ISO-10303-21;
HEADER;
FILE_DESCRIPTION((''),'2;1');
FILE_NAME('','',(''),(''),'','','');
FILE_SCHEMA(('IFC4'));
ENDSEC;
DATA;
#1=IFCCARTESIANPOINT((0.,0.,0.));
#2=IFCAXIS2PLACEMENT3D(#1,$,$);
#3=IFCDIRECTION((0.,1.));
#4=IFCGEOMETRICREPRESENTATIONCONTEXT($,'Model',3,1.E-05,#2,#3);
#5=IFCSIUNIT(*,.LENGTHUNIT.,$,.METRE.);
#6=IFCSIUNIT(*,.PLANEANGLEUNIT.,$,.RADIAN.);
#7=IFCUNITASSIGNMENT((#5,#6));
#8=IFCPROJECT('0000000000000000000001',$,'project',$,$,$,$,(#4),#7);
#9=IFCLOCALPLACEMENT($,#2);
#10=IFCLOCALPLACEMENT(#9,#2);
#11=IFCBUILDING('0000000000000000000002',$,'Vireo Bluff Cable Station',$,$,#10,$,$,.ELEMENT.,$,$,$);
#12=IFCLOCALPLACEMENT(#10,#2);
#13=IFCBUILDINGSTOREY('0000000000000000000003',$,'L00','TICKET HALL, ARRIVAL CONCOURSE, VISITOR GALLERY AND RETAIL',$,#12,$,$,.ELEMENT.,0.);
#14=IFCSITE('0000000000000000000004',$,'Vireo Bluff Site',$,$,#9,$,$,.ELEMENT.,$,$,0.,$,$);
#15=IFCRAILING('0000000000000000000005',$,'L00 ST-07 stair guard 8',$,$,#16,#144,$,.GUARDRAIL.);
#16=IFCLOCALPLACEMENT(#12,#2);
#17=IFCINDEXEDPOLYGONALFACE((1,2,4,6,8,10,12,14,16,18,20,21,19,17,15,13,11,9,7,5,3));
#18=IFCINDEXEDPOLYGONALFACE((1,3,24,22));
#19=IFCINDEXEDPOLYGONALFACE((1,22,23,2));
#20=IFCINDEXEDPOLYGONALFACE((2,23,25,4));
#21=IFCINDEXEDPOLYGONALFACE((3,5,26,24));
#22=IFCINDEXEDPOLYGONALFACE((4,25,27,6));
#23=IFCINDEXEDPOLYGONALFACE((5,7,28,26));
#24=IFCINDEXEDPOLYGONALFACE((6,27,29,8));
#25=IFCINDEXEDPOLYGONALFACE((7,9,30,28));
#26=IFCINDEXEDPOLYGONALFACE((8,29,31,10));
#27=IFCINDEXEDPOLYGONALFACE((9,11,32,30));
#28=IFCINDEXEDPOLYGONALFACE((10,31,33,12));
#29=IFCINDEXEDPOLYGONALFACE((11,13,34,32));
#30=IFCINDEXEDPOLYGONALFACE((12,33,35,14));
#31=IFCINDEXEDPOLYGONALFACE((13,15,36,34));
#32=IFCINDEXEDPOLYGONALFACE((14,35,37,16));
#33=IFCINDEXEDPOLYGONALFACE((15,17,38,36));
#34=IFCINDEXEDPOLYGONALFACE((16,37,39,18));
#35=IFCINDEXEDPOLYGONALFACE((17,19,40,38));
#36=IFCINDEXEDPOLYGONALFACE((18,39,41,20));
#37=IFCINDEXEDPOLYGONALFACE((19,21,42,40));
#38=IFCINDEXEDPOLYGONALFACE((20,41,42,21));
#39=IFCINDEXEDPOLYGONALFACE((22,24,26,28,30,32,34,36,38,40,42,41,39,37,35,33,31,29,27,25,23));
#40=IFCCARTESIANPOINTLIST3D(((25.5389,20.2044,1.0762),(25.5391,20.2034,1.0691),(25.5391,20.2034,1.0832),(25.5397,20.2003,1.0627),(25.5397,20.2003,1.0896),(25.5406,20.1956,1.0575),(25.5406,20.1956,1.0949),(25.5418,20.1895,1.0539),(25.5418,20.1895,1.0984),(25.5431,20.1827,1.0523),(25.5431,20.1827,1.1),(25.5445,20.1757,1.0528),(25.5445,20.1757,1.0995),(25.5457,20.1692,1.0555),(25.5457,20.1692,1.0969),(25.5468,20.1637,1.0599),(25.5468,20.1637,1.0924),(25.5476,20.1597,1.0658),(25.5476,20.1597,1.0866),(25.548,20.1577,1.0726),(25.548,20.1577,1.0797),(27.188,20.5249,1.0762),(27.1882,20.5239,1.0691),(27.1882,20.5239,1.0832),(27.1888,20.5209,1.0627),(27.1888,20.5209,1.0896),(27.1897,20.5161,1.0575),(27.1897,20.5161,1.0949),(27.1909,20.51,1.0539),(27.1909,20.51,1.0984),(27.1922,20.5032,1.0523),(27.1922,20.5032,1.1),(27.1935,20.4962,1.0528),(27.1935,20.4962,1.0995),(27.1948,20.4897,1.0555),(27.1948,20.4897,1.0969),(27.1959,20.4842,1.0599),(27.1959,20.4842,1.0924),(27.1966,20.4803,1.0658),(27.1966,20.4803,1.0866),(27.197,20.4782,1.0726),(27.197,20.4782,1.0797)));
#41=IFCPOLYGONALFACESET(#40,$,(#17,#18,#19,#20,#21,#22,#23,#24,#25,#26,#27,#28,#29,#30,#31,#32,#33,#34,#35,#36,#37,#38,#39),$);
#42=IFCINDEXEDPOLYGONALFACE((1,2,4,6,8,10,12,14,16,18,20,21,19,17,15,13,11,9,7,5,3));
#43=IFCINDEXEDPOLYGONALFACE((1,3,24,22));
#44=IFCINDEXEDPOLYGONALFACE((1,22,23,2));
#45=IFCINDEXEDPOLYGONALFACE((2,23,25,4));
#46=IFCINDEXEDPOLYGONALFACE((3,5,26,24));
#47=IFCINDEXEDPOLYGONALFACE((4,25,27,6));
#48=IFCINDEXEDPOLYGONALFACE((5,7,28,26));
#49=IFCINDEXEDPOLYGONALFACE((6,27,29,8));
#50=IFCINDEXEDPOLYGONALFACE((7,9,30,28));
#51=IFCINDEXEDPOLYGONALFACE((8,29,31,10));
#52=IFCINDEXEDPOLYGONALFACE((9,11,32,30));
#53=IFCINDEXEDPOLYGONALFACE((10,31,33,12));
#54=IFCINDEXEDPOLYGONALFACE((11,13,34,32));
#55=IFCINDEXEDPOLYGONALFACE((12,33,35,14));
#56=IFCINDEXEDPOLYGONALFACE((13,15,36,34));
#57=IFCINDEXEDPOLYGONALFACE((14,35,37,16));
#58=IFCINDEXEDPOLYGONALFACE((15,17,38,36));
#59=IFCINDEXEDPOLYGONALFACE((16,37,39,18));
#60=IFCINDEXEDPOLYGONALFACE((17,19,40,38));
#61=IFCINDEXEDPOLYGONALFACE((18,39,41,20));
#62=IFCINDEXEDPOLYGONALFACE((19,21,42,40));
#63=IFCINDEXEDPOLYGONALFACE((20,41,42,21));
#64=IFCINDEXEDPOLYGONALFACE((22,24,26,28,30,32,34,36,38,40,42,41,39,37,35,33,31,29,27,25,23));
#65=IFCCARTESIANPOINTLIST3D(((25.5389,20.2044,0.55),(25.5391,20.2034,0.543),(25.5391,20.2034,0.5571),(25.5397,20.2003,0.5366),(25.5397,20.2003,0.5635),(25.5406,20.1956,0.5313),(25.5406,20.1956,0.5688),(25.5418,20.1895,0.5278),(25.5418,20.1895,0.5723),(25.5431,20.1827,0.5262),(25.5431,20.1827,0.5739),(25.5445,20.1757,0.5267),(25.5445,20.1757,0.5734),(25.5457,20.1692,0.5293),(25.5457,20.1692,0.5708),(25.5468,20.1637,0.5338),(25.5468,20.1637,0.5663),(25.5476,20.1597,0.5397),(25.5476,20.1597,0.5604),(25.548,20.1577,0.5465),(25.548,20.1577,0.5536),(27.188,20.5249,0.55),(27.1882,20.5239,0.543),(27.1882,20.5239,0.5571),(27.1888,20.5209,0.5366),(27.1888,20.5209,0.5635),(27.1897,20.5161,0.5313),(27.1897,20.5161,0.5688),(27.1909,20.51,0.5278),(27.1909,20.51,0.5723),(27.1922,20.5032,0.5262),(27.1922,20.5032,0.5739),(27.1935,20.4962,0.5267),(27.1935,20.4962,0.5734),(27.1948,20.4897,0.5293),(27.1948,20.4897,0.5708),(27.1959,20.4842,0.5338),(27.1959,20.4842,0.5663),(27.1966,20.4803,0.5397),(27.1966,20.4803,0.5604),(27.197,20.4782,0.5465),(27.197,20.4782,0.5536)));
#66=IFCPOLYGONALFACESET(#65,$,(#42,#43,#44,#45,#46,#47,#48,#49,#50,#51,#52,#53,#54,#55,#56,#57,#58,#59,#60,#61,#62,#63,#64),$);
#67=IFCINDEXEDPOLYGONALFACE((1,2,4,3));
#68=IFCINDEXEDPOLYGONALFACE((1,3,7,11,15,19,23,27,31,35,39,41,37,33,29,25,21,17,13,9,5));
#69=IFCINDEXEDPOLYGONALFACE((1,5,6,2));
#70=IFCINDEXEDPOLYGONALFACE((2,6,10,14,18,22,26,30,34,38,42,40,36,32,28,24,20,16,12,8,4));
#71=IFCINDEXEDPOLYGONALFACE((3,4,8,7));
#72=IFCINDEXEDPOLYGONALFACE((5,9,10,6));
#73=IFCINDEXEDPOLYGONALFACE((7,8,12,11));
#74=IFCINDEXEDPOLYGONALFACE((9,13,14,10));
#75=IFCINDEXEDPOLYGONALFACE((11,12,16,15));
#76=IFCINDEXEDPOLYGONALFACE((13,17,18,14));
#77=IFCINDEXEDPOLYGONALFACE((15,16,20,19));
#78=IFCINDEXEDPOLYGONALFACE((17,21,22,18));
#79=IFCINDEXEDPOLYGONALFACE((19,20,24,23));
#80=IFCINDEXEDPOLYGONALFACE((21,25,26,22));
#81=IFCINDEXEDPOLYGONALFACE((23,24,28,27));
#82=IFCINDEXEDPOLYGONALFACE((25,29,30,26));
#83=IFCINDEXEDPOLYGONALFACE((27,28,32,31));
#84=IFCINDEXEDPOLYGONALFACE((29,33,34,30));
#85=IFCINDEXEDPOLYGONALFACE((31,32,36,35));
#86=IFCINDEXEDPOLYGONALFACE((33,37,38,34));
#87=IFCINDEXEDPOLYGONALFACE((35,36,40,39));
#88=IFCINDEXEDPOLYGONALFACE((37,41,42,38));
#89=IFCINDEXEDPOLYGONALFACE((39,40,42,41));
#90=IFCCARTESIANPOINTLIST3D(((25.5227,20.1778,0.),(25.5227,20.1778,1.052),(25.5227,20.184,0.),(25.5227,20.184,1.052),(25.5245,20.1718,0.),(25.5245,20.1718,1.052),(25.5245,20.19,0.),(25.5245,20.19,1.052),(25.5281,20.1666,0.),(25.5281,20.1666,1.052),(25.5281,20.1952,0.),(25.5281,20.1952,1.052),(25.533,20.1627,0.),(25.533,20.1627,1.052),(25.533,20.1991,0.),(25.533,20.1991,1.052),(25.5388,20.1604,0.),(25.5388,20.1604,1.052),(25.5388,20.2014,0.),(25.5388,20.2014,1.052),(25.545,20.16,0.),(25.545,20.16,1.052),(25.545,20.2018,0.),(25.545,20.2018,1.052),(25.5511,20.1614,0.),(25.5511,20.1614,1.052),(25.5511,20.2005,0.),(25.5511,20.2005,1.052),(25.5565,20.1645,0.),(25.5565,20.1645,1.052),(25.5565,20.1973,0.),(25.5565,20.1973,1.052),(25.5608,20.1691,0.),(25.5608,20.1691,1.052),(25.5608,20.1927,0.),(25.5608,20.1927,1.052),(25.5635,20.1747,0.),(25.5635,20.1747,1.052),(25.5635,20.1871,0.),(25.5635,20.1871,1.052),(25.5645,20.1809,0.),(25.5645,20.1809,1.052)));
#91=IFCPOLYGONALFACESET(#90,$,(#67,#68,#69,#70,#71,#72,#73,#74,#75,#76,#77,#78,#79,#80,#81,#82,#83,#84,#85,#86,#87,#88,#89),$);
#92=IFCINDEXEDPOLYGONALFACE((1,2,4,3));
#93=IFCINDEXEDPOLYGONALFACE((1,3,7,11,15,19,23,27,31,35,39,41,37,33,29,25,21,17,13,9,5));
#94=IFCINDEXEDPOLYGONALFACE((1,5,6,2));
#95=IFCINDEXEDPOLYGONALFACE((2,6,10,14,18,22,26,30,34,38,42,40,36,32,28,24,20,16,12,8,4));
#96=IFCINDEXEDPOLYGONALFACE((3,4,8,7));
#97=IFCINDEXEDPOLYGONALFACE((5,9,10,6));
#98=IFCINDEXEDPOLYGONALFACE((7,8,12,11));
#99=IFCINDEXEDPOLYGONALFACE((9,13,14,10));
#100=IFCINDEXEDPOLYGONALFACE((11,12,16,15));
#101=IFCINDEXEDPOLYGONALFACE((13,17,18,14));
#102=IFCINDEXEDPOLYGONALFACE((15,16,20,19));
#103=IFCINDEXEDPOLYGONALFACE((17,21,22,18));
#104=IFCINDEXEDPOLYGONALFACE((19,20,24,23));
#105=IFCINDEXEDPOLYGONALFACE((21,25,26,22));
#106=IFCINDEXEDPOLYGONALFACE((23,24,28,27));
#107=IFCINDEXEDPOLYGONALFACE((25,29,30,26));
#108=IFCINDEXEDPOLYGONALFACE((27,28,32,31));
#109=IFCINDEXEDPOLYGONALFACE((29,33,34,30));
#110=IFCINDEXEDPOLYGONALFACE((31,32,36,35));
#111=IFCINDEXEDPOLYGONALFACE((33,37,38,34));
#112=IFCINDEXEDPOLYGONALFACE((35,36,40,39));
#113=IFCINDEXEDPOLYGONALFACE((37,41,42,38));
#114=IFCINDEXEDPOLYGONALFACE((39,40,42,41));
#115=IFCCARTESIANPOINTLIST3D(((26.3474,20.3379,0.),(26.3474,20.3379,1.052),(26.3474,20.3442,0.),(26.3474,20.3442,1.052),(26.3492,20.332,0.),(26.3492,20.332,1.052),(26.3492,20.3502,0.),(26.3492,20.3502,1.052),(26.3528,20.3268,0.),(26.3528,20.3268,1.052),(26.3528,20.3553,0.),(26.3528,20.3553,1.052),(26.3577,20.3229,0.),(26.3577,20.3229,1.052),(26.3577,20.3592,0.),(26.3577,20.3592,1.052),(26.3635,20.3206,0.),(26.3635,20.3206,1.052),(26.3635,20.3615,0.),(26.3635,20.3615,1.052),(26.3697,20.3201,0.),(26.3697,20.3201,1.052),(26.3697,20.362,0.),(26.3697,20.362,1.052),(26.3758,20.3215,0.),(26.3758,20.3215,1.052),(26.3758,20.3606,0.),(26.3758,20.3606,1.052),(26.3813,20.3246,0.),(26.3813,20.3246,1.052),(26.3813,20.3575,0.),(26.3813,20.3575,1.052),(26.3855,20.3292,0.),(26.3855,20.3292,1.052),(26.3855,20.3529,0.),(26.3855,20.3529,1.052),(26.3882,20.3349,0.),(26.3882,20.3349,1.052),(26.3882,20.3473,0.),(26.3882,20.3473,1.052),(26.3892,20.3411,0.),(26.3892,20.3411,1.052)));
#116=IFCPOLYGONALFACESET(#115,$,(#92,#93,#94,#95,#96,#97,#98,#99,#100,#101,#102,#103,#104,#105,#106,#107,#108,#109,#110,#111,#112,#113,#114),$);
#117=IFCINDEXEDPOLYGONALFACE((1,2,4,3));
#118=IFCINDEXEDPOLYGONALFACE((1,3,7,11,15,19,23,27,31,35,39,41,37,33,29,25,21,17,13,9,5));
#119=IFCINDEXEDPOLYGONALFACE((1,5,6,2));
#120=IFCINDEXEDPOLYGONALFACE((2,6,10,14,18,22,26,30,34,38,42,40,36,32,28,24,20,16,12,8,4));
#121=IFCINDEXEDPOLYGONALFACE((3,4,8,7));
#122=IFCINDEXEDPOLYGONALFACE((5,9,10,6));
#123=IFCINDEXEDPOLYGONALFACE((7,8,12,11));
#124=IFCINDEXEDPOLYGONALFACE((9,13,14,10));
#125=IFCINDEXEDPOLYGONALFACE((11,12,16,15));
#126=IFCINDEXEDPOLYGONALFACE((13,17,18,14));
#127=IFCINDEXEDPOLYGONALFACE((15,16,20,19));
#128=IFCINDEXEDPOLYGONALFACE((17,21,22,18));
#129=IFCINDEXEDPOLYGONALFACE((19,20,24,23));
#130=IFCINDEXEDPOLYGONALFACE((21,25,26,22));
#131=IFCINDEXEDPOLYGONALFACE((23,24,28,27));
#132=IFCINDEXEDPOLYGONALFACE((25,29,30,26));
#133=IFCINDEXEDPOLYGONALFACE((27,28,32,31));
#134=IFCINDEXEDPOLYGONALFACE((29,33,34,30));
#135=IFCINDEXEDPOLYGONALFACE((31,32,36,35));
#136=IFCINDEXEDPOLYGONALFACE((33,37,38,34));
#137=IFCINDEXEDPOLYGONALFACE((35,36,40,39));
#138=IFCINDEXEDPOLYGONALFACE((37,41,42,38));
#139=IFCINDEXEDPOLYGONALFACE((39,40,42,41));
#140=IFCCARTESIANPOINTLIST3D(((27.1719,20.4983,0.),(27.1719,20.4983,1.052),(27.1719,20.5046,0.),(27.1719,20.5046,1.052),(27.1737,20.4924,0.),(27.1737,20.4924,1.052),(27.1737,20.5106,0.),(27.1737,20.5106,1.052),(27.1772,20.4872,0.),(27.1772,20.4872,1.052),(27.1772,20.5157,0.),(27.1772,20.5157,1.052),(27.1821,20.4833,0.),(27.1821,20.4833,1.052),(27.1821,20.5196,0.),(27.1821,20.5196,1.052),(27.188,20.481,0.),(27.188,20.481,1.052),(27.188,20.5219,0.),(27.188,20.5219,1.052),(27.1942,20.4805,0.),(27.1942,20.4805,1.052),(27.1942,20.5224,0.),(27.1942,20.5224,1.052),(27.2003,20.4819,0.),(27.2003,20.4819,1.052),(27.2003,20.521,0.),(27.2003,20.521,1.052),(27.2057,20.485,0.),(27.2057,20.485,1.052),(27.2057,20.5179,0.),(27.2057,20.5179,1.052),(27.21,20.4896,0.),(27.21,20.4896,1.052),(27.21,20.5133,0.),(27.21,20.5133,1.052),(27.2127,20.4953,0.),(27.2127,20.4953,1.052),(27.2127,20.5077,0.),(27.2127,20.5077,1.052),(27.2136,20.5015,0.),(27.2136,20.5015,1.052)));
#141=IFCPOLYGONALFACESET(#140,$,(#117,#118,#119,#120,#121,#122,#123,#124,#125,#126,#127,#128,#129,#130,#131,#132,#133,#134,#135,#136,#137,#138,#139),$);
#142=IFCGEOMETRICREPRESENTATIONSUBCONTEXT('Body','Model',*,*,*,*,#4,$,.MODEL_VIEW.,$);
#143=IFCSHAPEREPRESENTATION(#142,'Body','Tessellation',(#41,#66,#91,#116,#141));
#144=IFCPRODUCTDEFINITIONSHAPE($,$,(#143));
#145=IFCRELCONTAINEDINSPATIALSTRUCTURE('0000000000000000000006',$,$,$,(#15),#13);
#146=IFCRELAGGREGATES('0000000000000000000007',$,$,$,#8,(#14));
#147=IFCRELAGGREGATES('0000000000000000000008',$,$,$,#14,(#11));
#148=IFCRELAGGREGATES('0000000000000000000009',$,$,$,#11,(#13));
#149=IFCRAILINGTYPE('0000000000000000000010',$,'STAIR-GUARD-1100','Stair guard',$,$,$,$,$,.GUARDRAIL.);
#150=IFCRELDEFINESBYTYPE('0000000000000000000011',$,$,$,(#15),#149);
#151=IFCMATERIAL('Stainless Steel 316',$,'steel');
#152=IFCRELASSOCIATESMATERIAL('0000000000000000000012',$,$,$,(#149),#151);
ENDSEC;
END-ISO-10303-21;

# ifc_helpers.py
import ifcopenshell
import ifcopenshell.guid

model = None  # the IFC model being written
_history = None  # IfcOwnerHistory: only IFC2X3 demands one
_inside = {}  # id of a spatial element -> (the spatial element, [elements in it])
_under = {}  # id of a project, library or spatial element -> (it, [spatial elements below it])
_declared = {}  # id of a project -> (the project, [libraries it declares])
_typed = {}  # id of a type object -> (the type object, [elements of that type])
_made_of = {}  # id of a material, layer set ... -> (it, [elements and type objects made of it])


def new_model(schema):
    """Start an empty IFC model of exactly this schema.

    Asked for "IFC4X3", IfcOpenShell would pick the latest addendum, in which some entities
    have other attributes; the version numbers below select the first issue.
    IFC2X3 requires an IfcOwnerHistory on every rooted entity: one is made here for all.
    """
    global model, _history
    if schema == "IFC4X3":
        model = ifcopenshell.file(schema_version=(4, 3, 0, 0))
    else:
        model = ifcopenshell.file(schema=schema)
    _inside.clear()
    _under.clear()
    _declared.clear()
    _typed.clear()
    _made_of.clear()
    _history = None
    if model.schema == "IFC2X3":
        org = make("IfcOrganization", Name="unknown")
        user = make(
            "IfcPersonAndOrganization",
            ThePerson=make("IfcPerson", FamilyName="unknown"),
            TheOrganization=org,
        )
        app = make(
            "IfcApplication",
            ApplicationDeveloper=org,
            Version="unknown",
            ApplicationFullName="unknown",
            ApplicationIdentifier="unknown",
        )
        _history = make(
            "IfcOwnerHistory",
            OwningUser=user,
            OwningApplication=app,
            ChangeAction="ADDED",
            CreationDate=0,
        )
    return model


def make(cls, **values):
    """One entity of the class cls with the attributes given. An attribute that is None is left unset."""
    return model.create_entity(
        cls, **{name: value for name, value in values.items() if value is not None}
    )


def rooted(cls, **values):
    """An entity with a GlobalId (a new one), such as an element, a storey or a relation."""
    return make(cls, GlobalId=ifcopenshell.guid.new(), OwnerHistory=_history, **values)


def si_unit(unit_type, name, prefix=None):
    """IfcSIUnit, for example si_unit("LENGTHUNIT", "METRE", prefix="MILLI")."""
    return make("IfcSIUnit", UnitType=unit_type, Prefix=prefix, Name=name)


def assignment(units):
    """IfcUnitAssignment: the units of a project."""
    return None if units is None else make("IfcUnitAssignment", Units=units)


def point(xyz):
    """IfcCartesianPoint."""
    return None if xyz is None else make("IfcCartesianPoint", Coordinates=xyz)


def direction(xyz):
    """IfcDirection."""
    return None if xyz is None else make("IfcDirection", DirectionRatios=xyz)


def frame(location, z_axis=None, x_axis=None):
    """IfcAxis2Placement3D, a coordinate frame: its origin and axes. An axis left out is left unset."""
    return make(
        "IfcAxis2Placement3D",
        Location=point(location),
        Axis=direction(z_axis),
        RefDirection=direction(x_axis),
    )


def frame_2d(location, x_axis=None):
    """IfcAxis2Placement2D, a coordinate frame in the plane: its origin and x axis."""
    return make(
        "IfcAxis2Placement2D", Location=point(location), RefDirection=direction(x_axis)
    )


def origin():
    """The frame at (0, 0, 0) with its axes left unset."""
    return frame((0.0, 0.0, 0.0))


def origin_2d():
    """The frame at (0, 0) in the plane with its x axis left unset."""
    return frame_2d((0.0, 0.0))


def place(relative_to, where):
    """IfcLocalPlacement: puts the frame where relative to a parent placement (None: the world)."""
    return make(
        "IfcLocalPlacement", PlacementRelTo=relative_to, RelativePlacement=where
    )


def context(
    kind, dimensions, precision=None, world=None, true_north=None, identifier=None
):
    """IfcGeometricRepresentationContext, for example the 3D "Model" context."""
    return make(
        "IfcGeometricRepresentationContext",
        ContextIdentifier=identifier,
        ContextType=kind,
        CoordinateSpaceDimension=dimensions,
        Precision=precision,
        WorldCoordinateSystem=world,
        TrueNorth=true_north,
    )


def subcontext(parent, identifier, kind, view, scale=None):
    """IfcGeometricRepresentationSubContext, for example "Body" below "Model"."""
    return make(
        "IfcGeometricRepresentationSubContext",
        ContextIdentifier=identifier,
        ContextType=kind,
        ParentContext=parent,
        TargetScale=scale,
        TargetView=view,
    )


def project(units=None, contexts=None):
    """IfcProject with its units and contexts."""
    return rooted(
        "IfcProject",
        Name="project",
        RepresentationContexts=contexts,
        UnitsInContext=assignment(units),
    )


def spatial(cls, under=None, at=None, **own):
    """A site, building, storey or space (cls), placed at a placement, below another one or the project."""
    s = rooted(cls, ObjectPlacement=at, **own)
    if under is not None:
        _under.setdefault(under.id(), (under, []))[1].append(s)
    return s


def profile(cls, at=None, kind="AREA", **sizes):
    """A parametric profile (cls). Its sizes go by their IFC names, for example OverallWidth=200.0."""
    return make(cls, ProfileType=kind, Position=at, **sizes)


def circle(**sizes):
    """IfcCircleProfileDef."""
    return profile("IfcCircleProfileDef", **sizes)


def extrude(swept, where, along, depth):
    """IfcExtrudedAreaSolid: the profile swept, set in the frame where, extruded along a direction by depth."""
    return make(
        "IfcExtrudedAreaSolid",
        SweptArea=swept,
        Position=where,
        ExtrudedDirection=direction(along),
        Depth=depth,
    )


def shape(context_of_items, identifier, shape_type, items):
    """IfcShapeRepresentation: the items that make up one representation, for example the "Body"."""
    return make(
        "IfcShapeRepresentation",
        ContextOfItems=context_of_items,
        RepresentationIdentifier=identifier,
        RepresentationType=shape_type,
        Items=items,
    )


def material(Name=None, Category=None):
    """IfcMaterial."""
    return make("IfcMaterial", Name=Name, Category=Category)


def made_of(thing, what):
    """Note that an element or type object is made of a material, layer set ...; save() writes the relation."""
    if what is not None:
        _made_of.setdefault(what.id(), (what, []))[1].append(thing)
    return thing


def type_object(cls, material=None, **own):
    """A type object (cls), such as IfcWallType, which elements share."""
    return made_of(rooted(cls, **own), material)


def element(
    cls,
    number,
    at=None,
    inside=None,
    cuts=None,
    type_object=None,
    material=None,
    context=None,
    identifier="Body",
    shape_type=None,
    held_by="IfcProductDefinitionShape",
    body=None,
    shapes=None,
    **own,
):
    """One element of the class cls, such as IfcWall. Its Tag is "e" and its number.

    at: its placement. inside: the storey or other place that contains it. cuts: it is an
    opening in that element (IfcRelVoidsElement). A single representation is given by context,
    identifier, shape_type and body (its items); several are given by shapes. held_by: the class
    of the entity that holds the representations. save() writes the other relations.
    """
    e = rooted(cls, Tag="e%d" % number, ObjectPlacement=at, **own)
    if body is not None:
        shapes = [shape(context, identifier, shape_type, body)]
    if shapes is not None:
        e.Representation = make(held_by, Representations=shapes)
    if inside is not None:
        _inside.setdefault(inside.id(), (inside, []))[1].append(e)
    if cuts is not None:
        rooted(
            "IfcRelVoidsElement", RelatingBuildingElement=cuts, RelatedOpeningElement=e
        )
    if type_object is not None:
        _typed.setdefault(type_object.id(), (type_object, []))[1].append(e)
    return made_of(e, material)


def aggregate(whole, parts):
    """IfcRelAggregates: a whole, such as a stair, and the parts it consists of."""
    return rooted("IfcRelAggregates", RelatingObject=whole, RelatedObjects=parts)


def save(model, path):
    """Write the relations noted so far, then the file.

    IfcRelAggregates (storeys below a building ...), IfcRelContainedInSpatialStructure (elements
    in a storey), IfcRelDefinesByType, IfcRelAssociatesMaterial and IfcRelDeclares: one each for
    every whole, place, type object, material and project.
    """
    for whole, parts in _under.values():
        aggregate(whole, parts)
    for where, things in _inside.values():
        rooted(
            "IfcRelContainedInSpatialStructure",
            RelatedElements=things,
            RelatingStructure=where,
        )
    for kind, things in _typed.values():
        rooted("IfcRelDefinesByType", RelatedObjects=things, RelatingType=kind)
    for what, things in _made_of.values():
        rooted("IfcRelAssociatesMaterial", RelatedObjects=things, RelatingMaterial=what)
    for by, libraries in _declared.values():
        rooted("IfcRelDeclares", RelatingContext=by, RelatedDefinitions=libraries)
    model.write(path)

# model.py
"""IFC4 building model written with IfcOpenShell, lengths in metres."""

from ifc_helpers import new_model, si_unit, direction, frame, origin, origin_2d, place, context, subcontext, project, spatial, circle, extrude, material, type_object, element, save


model = new_model("IFC4")

# Units and contexts
model_context = context("Model", 3, precision=1e-05, world=origin(), true_north=direction((0.0, 1.0)))
body_context = subcontext(model_context, "Body", "Model", "MODEL_VIEW")
ifc_project = project(units=[si_unit("LENGTHUNIT", "METRE"), si_unit("PLANEANGLEUNIT", "RADIAN")], contexts=[model_context])

# Site, building, storey
site_placement = place(None, origin())
site = spatial("IfcSite", under=ifc_project, at=site_placement, Name="Vireo Bluff Site", CompositionType="ELEMENT", RefElevation=0.0)
building_placement = place(site_placement, origin())
building = spatial("IfcBuilding", under=site, at=building_placement, Name="Vireo Bluff Cable Station", CompositionType="ELEMENT")
storey_placement = place(building_placement, origin())
storey = spatial("IfcBuildingStorey", under=building, at=storey_placement, Name="L00", Description="TICKET HALL, ARRIVAL CONCOURSE, VISITOR GALLERY AND RETAIL", CompositionType="ELEMENT", Elevation=0.0)

# Railing
ifc_material_1 = material(Name="Stainless Steel 316", Category="steel")
railing_type_1 = type_object("IfcRailingType", Name="STAIR-GUARD-1100", Description="Stair guard", PredefinedType="GUARDRAIL", material=ifc_material_1)
railing_1_placement = place(storey_placement, frame((25.5435, 20.1809, 0.0)))
element("IfcRailing", 1, at=railing_1_placement, inside=storey, type_object=railing_type_1, Name="L00 ST-07 stair guard 8", PredefinedType="GUARDRAIL", context=body_context, shape_type="SweptSolid", body=[
    extrude(circle(Radius=0.0239, at=origin_2d()), frame((0.0, 0.0, 1.0762), z_axis=(0.981628, 0.190804, 0.0), x_axis=(-0.190804, 0.981628, 0.0)), (0.0, 0.0, 1.0), 1.6799),
    extrude(circle(Radius=0.0239, at=origin_2d()), frame((0.0, 0.0, 0.55), z_axis=(0.981628, 0.190804, 0.0), x_axis=(-0.190804, 0.981628, 0.0)), (0.0, 0.0, 1.0), 1.6799),
    extrude(circle(Radius=0.021, at=origin_2d()), origin(), (0.0, 0.0, 1.0), 1.052),
    extrude(circle(Radius=0.021, at=origin_2d()), frame((0.8247, 0.1602, 0.0)), (0.0, 0.0, 1.0), 1.052),
    extrude(circle(Radius=0.021, at=origin_2d()), frame((1.6492, 0.3206, 0.0)), (0.0, 0.0, 1.0), 1.052),
])

save(model, "model.ifc")
